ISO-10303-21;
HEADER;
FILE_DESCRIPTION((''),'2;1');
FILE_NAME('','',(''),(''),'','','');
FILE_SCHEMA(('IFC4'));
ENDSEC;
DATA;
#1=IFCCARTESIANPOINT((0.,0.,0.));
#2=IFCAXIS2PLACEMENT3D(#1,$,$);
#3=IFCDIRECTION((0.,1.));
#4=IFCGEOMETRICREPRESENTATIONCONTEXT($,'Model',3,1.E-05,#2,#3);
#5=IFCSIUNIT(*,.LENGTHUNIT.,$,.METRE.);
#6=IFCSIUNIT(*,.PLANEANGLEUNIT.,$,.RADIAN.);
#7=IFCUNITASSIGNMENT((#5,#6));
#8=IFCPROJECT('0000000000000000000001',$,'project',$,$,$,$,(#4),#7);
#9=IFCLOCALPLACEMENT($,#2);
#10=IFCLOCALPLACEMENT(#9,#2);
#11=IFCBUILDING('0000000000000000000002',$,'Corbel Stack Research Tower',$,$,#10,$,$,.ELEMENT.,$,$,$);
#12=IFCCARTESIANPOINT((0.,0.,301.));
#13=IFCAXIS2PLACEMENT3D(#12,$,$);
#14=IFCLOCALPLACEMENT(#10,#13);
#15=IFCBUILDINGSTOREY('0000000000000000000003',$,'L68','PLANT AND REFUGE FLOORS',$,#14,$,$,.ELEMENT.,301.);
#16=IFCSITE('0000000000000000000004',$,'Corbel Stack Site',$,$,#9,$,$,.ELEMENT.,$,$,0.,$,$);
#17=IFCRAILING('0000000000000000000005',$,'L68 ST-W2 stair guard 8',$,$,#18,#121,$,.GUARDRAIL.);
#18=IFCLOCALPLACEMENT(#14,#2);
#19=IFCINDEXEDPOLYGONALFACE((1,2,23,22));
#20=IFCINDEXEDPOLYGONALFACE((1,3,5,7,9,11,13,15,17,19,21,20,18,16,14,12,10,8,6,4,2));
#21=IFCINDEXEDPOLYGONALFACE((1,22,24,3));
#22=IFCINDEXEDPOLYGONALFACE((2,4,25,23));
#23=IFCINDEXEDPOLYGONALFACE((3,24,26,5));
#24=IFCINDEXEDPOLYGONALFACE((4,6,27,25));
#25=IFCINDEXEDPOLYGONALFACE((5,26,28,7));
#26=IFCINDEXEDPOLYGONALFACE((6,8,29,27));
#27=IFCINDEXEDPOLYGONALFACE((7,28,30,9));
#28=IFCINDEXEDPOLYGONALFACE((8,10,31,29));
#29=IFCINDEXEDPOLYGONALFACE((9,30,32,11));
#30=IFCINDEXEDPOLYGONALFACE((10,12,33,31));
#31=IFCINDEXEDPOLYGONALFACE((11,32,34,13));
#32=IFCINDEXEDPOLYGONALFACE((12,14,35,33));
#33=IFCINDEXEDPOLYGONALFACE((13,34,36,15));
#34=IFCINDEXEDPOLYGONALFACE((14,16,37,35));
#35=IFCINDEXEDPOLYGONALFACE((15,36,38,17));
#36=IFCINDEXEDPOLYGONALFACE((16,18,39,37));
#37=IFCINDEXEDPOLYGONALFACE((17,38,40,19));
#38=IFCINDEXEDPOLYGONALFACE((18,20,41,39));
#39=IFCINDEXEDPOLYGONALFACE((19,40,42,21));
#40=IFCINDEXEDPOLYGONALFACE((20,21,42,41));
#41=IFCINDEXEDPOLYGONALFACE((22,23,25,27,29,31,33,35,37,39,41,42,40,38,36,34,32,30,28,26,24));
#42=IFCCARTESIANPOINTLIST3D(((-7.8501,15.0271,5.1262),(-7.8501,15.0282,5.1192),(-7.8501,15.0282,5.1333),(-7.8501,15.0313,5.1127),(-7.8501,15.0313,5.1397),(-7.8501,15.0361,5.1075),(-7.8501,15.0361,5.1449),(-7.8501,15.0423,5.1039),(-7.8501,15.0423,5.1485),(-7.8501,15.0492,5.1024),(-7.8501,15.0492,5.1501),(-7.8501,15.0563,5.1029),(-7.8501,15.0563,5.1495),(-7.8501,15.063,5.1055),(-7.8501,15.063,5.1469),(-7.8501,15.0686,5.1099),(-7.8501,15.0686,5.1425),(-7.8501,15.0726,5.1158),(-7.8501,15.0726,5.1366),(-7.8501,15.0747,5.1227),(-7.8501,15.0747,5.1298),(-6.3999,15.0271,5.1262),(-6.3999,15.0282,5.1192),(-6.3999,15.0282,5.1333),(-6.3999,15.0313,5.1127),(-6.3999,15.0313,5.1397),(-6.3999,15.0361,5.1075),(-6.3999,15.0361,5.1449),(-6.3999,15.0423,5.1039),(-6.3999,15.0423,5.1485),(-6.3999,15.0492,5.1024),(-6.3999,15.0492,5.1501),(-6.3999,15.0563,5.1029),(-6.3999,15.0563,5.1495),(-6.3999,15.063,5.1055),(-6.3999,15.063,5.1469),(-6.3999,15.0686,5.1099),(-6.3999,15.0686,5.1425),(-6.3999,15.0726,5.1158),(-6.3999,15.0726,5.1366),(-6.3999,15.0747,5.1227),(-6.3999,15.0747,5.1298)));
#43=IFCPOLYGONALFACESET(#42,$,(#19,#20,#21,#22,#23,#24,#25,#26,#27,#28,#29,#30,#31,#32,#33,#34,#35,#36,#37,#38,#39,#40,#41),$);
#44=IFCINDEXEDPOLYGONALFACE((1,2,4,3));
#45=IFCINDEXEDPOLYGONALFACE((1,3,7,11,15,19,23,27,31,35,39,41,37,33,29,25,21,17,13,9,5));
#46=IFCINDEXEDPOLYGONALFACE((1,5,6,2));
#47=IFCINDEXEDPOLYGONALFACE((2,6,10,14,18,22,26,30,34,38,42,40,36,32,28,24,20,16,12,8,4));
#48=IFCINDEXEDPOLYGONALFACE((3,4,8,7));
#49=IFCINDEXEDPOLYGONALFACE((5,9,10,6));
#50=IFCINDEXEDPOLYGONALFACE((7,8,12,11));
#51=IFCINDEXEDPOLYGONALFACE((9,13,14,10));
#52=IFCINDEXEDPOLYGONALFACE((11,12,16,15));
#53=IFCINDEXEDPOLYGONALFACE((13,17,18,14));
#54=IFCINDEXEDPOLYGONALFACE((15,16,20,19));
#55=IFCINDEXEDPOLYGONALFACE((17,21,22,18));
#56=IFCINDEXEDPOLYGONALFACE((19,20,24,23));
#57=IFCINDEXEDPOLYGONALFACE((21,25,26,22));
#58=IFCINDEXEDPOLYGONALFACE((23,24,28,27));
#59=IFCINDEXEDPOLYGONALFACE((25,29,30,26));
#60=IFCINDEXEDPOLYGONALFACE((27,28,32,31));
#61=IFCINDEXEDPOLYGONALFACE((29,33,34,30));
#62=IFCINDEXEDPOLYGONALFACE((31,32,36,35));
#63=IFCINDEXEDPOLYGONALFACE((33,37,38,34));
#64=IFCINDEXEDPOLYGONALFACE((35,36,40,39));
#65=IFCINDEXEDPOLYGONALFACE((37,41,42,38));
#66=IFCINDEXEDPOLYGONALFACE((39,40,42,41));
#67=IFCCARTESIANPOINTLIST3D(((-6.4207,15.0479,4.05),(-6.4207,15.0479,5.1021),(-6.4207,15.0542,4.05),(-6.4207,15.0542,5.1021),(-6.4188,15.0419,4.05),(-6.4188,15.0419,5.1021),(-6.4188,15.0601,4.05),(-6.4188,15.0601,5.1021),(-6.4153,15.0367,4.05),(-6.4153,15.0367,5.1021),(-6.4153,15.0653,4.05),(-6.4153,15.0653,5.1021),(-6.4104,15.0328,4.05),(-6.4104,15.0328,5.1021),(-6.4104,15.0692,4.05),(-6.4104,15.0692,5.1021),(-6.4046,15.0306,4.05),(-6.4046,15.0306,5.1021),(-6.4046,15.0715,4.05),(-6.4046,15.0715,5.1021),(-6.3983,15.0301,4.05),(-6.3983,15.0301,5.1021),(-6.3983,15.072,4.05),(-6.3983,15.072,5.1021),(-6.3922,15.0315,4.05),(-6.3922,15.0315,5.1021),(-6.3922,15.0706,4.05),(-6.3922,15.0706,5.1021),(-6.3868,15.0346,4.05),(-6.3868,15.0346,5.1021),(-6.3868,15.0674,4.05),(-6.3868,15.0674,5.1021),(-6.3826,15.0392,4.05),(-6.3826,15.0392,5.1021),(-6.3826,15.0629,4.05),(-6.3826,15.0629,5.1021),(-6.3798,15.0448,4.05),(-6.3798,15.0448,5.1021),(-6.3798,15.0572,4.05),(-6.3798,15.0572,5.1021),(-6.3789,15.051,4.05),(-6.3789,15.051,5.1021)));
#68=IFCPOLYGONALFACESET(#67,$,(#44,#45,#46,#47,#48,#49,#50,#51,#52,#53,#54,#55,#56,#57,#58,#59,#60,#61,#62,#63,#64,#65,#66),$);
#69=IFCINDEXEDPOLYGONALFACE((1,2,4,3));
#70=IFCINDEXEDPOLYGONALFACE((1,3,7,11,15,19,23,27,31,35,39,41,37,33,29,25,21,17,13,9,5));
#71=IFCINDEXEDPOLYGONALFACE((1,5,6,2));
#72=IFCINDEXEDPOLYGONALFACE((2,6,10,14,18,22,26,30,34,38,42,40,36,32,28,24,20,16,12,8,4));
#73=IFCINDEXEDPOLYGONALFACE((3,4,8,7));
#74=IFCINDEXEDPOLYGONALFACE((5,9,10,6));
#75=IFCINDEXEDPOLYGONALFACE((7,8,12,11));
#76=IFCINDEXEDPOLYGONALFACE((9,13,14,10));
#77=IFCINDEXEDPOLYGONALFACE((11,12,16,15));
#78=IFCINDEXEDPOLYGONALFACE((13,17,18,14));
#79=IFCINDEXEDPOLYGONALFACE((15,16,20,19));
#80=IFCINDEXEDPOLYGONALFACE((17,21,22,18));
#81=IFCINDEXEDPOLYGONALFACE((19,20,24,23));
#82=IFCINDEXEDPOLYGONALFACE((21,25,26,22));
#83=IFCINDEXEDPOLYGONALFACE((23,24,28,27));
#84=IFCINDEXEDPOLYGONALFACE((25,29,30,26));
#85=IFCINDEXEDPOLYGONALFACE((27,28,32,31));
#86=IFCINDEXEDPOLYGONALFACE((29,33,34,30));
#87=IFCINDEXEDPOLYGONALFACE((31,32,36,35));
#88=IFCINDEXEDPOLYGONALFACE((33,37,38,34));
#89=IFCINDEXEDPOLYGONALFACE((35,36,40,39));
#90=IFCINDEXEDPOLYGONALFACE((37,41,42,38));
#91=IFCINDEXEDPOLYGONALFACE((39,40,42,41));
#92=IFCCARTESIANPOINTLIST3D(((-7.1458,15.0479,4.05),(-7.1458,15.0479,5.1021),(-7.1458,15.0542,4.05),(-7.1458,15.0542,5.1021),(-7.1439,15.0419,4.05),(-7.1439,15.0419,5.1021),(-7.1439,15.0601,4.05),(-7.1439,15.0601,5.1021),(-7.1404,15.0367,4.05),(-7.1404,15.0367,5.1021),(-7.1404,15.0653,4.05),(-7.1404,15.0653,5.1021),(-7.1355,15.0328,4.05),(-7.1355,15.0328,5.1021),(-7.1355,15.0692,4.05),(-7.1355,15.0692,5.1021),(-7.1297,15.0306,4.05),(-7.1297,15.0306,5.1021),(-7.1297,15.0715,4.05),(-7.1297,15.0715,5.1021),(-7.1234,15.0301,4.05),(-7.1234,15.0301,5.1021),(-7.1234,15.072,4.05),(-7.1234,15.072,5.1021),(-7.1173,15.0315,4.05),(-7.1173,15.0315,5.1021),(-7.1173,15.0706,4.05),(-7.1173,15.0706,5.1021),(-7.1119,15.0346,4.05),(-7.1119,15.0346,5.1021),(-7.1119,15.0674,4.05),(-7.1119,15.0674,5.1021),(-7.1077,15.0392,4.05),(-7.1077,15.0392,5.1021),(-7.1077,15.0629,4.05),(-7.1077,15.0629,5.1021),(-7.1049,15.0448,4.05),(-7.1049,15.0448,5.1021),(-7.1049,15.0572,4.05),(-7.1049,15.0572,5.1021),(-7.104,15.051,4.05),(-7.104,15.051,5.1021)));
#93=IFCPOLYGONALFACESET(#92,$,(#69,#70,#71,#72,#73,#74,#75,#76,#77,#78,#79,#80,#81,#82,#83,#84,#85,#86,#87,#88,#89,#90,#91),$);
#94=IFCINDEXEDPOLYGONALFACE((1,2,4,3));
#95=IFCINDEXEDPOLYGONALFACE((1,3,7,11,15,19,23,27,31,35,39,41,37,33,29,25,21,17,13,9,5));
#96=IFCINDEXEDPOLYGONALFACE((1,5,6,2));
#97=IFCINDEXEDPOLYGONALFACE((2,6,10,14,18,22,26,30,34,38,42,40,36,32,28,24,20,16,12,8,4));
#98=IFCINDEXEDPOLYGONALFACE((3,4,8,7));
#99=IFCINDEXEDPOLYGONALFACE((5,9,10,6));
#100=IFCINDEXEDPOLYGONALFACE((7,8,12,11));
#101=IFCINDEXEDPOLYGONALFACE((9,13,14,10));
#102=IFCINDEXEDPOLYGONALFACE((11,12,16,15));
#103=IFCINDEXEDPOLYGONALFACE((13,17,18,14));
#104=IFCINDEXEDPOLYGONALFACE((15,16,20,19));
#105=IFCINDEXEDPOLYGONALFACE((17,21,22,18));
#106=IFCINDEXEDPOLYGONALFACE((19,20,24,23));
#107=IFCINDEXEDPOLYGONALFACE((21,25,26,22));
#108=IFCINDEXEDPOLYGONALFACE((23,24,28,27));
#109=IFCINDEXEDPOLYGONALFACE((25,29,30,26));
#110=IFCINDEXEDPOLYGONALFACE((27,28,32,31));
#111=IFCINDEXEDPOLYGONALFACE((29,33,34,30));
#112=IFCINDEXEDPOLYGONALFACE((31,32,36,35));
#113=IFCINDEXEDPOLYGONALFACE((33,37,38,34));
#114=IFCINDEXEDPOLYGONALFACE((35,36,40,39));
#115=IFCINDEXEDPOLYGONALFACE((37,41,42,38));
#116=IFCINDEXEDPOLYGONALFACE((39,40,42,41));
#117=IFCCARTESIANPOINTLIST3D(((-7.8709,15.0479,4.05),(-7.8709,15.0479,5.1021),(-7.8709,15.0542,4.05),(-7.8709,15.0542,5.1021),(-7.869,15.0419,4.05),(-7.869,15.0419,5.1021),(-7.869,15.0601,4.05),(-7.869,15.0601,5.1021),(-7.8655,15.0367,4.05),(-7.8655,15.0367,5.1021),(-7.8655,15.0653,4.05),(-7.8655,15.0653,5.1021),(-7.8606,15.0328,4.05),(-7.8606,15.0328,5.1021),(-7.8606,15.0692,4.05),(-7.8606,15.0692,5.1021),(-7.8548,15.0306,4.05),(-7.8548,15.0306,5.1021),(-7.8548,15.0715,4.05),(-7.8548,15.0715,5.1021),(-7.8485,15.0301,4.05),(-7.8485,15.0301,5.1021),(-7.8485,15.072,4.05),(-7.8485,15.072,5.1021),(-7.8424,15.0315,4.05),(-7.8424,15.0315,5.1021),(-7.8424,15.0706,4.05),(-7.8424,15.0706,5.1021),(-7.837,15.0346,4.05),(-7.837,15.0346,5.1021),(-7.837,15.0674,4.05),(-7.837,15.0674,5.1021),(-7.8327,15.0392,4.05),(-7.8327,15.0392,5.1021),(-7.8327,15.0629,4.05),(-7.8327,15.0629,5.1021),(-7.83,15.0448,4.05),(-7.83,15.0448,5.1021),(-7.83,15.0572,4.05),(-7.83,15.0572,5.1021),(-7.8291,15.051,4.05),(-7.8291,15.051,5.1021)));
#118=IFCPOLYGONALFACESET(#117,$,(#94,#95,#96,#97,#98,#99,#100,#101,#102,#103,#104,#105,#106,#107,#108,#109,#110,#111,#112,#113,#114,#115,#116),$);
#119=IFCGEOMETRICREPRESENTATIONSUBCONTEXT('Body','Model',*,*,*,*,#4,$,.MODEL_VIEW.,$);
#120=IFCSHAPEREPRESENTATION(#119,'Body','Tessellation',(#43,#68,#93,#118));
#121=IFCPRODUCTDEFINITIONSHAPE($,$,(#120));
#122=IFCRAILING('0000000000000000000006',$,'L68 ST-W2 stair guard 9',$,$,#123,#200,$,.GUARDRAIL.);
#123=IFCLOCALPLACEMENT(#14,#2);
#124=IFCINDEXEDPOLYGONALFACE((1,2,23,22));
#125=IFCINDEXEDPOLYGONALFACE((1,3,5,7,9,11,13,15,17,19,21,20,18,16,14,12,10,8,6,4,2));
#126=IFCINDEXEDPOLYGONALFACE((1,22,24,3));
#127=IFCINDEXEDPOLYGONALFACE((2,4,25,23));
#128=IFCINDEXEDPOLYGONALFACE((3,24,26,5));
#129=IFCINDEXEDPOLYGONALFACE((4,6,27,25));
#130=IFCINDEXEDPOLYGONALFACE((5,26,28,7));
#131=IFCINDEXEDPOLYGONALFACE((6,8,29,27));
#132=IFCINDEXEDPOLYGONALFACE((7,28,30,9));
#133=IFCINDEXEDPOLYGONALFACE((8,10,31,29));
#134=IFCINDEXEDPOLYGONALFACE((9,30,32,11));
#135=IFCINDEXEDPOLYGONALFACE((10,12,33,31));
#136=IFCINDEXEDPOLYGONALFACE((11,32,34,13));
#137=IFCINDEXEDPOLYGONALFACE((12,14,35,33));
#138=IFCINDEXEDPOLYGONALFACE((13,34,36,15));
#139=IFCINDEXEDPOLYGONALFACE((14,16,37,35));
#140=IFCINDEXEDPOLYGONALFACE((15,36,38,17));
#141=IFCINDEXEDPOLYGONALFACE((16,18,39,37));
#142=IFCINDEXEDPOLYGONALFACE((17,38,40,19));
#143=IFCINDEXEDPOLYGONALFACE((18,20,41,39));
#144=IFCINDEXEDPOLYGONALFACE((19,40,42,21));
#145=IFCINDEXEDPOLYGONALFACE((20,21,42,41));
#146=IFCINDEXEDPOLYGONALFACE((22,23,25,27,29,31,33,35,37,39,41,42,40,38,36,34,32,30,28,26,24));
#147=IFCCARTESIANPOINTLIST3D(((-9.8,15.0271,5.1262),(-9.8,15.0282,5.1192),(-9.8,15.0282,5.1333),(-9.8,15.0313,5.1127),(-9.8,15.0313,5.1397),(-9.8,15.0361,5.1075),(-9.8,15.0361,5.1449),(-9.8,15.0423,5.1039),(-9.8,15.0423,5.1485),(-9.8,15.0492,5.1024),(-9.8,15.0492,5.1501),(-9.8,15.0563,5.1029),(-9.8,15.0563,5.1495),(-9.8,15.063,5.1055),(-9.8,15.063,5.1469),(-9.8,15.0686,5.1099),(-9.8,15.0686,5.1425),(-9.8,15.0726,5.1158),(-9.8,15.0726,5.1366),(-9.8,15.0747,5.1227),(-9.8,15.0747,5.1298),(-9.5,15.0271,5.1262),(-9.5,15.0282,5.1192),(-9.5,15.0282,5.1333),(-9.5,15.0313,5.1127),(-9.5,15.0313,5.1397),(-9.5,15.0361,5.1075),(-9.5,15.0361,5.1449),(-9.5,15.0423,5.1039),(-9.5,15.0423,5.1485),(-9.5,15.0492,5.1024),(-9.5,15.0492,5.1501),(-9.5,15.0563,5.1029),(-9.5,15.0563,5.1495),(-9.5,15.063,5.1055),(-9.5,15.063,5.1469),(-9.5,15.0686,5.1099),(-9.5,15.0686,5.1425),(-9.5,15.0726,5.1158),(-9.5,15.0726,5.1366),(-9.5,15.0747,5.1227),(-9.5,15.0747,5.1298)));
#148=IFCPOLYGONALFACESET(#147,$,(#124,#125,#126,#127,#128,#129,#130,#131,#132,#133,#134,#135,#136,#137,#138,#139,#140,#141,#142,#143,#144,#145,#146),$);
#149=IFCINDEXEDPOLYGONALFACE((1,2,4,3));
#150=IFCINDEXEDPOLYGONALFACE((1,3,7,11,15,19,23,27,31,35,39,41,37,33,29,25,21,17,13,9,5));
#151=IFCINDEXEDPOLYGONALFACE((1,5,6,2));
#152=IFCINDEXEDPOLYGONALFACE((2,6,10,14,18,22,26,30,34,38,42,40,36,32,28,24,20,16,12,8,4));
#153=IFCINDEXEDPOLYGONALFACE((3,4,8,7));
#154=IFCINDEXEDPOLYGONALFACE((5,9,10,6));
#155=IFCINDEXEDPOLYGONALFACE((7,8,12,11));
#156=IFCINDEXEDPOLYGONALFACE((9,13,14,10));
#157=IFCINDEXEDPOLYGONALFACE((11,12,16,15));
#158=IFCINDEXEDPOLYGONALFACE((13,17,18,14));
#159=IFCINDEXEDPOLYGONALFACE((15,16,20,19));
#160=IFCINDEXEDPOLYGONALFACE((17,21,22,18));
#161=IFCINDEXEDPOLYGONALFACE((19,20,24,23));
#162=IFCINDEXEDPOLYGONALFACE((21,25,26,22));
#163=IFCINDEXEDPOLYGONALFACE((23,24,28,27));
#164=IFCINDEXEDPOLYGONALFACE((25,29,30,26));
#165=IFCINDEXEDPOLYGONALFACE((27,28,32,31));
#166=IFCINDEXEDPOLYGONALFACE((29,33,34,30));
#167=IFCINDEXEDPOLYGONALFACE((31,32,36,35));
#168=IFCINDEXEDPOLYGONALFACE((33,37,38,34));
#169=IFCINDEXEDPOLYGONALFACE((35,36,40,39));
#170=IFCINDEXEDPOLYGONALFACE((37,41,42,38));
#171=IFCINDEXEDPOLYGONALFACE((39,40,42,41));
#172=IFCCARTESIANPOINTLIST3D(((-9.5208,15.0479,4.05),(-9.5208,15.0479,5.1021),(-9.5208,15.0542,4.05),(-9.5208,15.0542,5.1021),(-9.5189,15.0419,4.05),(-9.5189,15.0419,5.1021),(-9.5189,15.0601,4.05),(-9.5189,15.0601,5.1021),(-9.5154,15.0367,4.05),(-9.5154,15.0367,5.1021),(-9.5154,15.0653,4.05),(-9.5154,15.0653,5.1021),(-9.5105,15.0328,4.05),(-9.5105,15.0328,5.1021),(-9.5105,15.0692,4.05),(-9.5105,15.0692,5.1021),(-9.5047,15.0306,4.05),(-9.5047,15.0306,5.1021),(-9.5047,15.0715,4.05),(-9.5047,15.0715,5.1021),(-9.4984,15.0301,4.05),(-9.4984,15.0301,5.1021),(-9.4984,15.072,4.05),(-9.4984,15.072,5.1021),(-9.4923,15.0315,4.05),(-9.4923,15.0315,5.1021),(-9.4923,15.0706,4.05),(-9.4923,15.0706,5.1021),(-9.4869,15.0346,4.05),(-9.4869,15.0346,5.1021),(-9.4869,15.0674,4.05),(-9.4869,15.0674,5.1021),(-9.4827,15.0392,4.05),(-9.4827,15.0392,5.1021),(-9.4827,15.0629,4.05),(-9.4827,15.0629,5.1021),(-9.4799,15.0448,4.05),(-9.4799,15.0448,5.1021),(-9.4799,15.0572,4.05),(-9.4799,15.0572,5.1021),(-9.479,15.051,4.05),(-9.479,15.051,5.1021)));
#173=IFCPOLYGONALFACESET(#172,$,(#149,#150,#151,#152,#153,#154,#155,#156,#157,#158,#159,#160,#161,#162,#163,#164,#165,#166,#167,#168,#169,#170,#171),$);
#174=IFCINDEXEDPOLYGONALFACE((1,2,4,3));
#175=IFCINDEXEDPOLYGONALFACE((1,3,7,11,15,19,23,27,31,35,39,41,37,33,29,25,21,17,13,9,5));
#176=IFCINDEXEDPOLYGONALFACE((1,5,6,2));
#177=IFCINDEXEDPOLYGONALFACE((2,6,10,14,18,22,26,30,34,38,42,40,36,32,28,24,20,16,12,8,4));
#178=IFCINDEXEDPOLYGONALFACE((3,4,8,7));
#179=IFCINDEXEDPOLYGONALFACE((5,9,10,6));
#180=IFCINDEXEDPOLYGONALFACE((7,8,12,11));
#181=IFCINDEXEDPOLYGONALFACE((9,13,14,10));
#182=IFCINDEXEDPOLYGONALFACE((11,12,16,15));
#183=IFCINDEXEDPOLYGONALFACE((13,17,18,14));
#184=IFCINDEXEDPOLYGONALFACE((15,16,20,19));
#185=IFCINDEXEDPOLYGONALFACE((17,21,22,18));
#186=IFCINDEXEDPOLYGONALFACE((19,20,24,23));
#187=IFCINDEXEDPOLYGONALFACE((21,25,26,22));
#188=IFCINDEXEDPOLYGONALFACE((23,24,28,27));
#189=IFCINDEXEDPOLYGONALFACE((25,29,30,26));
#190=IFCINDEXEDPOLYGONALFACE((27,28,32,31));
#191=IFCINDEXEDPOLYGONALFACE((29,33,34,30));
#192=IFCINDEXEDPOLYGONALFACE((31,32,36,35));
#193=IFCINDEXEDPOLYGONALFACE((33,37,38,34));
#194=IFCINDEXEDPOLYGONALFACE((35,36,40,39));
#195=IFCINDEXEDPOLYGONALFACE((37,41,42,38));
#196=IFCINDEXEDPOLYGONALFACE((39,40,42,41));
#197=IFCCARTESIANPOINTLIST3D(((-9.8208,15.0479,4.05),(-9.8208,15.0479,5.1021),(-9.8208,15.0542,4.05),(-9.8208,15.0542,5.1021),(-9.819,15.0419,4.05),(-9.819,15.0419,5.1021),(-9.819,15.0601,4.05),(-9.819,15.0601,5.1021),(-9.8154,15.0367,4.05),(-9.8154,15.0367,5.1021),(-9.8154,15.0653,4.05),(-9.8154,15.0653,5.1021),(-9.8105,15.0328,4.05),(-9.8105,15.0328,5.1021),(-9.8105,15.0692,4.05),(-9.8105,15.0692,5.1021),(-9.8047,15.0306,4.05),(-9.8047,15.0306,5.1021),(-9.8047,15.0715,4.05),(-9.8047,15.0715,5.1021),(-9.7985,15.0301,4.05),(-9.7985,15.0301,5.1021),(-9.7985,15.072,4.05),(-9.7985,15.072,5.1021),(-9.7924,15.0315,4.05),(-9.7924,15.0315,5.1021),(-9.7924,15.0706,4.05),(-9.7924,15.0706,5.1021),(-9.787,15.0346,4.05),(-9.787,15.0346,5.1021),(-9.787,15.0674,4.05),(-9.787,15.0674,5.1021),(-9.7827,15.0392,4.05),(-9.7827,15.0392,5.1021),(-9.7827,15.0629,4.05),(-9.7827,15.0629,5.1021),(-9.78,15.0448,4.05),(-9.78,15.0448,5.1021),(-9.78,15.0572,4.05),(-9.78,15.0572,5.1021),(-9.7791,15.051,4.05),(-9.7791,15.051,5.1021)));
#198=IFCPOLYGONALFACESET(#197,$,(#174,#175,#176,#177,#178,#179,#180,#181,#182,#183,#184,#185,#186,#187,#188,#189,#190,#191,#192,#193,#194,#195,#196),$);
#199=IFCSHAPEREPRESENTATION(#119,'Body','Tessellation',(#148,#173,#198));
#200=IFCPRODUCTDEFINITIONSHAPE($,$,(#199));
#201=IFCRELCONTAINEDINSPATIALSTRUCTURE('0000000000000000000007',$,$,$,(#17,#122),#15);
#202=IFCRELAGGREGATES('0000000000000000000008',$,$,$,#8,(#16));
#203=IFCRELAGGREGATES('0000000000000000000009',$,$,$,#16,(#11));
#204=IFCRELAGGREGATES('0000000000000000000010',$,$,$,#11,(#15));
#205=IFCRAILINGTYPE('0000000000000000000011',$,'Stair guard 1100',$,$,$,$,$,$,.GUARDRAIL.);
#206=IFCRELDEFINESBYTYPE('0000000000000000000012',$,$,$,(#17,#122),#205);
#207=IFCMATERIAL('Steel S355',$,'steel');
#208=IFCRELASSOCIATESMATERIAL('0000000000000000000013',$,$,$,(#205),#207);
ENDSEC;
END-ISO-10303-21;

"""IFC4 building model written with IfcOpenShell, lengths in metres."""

from ifc_helpers import new_model, si_unit, direction, frame, origin, origin_2d, place, context, subcontext, project, spatial, circle, extrude, material, type_object, element, save


model = new_model("IFC4")

# Units and contexts
model_context = context("Model", 3, precision=1e-05, world=origin(), true_north=direction((0.0, 1.0)))
body_context = subcontext(model_context, "Body", "Model", "MODEL_VIEW")
ifc_project = project(units=[si_unit("LENGTHUNIT", "METRE"), si_unit("PLANEANGLEUNIT", "RADIAN")], contexts=[model_context])

# Site, building, storey
site_placement = place(None, origin())
site = spatial("IfcSite", under=ifc_project, at=site_placement, Name="Corbel Stack Site", CompositionType="ELEMENT", RefElevation=0.0)
building_placement = place(site_placement, origin())
building = spatial("IfcBuilding", under=site, at=building_placement, Name="Corbel Stack Research Tower", CompositionType="ELEMENT")
storey_placement = place(building_placement, frame((0.0, 0.0, 301.0)))
storey = spatial("IfcBuildingStorey", under=building, at=storey_placement, Name="L68", Description="PLANT AND REFUGE FLOORS", CompositionType="ELEMENT", Elevation=301.0)

# Railings
ifc_material_1 = material(Name="Steel S355", Category="steel")
railing_type = type_object("IfcRailingType", Name="Stair guard 1100", PredefinedType="GUARDRAIL", material=ifc_material_1)
railing_1_placement = place(storey_placement, frame((-6.3999, 15.051, 4.05)))
element("IfcRailing", 1, at=railing_1_placement, inside=storey, type_object=railing_type, Name="L68 ST-W2 stair guard 8", PredefinedType="GUARDRAIL", context=body_context, shape_type="SweptSolid", body=[
    extrude(circle(Radius=0.0239, at=origin_2d()), frame((0.0, 0.0, 1.0762), z_axis=(-1.0, 0.0, 0.0), x_axis=(0.0, -1.0, 0.0)), (0.0, 0.0, 1.0), 1.4502),
    extrude(circle(Radius=0.021, at=origin_2d()), origin(), (0.0, 0.0, 1.0), 1.052),
    extrude(circle(Radius=0.021, at=origin_2d()), frame((-0.7251, 0.0, 0.0)), (0.0, 0.0, 1.0), 1.052),
    extrude(circle(Radius=0.021, at=origin_2d()), frame((-1.4502, 0.0, 0.0)), (0.0, 0.0, 1.0), 1.052),
])
railing_2_placement = place(storey_placement, frame((-9.5, 15.051, 4.05)))
element("IfcRailing", 2, at=railing_2_placement, inside=storey, type_object=railing_type, Name="L68 ST-W2 stair guard 9", PredefinedType="GUARDRAIL", context=body_context, shape_type="SweptSolid", body=[
    extrude(circle(Radius=0.0239, at=origin_2d()), frame((0.0, 0.0, 1.0762), z_axis=(-1.0, 0.0, 0.0), x_axis=(0.0, -1.0, 0.0)), (0.0, 0.0, 1.0), 0.3),
    extrude(circle(Radius=0.021, at=origin_2d()), origin(), (0.0, 0.0, 1.0), 1.052),
    extrude(circle(Radius=0.021, at=origin_2d()), frame((-0.3, 0.0, 0.0)), (0.0, 0.0, 1.0), 1.052),
])

save(model, "model.ifc")
